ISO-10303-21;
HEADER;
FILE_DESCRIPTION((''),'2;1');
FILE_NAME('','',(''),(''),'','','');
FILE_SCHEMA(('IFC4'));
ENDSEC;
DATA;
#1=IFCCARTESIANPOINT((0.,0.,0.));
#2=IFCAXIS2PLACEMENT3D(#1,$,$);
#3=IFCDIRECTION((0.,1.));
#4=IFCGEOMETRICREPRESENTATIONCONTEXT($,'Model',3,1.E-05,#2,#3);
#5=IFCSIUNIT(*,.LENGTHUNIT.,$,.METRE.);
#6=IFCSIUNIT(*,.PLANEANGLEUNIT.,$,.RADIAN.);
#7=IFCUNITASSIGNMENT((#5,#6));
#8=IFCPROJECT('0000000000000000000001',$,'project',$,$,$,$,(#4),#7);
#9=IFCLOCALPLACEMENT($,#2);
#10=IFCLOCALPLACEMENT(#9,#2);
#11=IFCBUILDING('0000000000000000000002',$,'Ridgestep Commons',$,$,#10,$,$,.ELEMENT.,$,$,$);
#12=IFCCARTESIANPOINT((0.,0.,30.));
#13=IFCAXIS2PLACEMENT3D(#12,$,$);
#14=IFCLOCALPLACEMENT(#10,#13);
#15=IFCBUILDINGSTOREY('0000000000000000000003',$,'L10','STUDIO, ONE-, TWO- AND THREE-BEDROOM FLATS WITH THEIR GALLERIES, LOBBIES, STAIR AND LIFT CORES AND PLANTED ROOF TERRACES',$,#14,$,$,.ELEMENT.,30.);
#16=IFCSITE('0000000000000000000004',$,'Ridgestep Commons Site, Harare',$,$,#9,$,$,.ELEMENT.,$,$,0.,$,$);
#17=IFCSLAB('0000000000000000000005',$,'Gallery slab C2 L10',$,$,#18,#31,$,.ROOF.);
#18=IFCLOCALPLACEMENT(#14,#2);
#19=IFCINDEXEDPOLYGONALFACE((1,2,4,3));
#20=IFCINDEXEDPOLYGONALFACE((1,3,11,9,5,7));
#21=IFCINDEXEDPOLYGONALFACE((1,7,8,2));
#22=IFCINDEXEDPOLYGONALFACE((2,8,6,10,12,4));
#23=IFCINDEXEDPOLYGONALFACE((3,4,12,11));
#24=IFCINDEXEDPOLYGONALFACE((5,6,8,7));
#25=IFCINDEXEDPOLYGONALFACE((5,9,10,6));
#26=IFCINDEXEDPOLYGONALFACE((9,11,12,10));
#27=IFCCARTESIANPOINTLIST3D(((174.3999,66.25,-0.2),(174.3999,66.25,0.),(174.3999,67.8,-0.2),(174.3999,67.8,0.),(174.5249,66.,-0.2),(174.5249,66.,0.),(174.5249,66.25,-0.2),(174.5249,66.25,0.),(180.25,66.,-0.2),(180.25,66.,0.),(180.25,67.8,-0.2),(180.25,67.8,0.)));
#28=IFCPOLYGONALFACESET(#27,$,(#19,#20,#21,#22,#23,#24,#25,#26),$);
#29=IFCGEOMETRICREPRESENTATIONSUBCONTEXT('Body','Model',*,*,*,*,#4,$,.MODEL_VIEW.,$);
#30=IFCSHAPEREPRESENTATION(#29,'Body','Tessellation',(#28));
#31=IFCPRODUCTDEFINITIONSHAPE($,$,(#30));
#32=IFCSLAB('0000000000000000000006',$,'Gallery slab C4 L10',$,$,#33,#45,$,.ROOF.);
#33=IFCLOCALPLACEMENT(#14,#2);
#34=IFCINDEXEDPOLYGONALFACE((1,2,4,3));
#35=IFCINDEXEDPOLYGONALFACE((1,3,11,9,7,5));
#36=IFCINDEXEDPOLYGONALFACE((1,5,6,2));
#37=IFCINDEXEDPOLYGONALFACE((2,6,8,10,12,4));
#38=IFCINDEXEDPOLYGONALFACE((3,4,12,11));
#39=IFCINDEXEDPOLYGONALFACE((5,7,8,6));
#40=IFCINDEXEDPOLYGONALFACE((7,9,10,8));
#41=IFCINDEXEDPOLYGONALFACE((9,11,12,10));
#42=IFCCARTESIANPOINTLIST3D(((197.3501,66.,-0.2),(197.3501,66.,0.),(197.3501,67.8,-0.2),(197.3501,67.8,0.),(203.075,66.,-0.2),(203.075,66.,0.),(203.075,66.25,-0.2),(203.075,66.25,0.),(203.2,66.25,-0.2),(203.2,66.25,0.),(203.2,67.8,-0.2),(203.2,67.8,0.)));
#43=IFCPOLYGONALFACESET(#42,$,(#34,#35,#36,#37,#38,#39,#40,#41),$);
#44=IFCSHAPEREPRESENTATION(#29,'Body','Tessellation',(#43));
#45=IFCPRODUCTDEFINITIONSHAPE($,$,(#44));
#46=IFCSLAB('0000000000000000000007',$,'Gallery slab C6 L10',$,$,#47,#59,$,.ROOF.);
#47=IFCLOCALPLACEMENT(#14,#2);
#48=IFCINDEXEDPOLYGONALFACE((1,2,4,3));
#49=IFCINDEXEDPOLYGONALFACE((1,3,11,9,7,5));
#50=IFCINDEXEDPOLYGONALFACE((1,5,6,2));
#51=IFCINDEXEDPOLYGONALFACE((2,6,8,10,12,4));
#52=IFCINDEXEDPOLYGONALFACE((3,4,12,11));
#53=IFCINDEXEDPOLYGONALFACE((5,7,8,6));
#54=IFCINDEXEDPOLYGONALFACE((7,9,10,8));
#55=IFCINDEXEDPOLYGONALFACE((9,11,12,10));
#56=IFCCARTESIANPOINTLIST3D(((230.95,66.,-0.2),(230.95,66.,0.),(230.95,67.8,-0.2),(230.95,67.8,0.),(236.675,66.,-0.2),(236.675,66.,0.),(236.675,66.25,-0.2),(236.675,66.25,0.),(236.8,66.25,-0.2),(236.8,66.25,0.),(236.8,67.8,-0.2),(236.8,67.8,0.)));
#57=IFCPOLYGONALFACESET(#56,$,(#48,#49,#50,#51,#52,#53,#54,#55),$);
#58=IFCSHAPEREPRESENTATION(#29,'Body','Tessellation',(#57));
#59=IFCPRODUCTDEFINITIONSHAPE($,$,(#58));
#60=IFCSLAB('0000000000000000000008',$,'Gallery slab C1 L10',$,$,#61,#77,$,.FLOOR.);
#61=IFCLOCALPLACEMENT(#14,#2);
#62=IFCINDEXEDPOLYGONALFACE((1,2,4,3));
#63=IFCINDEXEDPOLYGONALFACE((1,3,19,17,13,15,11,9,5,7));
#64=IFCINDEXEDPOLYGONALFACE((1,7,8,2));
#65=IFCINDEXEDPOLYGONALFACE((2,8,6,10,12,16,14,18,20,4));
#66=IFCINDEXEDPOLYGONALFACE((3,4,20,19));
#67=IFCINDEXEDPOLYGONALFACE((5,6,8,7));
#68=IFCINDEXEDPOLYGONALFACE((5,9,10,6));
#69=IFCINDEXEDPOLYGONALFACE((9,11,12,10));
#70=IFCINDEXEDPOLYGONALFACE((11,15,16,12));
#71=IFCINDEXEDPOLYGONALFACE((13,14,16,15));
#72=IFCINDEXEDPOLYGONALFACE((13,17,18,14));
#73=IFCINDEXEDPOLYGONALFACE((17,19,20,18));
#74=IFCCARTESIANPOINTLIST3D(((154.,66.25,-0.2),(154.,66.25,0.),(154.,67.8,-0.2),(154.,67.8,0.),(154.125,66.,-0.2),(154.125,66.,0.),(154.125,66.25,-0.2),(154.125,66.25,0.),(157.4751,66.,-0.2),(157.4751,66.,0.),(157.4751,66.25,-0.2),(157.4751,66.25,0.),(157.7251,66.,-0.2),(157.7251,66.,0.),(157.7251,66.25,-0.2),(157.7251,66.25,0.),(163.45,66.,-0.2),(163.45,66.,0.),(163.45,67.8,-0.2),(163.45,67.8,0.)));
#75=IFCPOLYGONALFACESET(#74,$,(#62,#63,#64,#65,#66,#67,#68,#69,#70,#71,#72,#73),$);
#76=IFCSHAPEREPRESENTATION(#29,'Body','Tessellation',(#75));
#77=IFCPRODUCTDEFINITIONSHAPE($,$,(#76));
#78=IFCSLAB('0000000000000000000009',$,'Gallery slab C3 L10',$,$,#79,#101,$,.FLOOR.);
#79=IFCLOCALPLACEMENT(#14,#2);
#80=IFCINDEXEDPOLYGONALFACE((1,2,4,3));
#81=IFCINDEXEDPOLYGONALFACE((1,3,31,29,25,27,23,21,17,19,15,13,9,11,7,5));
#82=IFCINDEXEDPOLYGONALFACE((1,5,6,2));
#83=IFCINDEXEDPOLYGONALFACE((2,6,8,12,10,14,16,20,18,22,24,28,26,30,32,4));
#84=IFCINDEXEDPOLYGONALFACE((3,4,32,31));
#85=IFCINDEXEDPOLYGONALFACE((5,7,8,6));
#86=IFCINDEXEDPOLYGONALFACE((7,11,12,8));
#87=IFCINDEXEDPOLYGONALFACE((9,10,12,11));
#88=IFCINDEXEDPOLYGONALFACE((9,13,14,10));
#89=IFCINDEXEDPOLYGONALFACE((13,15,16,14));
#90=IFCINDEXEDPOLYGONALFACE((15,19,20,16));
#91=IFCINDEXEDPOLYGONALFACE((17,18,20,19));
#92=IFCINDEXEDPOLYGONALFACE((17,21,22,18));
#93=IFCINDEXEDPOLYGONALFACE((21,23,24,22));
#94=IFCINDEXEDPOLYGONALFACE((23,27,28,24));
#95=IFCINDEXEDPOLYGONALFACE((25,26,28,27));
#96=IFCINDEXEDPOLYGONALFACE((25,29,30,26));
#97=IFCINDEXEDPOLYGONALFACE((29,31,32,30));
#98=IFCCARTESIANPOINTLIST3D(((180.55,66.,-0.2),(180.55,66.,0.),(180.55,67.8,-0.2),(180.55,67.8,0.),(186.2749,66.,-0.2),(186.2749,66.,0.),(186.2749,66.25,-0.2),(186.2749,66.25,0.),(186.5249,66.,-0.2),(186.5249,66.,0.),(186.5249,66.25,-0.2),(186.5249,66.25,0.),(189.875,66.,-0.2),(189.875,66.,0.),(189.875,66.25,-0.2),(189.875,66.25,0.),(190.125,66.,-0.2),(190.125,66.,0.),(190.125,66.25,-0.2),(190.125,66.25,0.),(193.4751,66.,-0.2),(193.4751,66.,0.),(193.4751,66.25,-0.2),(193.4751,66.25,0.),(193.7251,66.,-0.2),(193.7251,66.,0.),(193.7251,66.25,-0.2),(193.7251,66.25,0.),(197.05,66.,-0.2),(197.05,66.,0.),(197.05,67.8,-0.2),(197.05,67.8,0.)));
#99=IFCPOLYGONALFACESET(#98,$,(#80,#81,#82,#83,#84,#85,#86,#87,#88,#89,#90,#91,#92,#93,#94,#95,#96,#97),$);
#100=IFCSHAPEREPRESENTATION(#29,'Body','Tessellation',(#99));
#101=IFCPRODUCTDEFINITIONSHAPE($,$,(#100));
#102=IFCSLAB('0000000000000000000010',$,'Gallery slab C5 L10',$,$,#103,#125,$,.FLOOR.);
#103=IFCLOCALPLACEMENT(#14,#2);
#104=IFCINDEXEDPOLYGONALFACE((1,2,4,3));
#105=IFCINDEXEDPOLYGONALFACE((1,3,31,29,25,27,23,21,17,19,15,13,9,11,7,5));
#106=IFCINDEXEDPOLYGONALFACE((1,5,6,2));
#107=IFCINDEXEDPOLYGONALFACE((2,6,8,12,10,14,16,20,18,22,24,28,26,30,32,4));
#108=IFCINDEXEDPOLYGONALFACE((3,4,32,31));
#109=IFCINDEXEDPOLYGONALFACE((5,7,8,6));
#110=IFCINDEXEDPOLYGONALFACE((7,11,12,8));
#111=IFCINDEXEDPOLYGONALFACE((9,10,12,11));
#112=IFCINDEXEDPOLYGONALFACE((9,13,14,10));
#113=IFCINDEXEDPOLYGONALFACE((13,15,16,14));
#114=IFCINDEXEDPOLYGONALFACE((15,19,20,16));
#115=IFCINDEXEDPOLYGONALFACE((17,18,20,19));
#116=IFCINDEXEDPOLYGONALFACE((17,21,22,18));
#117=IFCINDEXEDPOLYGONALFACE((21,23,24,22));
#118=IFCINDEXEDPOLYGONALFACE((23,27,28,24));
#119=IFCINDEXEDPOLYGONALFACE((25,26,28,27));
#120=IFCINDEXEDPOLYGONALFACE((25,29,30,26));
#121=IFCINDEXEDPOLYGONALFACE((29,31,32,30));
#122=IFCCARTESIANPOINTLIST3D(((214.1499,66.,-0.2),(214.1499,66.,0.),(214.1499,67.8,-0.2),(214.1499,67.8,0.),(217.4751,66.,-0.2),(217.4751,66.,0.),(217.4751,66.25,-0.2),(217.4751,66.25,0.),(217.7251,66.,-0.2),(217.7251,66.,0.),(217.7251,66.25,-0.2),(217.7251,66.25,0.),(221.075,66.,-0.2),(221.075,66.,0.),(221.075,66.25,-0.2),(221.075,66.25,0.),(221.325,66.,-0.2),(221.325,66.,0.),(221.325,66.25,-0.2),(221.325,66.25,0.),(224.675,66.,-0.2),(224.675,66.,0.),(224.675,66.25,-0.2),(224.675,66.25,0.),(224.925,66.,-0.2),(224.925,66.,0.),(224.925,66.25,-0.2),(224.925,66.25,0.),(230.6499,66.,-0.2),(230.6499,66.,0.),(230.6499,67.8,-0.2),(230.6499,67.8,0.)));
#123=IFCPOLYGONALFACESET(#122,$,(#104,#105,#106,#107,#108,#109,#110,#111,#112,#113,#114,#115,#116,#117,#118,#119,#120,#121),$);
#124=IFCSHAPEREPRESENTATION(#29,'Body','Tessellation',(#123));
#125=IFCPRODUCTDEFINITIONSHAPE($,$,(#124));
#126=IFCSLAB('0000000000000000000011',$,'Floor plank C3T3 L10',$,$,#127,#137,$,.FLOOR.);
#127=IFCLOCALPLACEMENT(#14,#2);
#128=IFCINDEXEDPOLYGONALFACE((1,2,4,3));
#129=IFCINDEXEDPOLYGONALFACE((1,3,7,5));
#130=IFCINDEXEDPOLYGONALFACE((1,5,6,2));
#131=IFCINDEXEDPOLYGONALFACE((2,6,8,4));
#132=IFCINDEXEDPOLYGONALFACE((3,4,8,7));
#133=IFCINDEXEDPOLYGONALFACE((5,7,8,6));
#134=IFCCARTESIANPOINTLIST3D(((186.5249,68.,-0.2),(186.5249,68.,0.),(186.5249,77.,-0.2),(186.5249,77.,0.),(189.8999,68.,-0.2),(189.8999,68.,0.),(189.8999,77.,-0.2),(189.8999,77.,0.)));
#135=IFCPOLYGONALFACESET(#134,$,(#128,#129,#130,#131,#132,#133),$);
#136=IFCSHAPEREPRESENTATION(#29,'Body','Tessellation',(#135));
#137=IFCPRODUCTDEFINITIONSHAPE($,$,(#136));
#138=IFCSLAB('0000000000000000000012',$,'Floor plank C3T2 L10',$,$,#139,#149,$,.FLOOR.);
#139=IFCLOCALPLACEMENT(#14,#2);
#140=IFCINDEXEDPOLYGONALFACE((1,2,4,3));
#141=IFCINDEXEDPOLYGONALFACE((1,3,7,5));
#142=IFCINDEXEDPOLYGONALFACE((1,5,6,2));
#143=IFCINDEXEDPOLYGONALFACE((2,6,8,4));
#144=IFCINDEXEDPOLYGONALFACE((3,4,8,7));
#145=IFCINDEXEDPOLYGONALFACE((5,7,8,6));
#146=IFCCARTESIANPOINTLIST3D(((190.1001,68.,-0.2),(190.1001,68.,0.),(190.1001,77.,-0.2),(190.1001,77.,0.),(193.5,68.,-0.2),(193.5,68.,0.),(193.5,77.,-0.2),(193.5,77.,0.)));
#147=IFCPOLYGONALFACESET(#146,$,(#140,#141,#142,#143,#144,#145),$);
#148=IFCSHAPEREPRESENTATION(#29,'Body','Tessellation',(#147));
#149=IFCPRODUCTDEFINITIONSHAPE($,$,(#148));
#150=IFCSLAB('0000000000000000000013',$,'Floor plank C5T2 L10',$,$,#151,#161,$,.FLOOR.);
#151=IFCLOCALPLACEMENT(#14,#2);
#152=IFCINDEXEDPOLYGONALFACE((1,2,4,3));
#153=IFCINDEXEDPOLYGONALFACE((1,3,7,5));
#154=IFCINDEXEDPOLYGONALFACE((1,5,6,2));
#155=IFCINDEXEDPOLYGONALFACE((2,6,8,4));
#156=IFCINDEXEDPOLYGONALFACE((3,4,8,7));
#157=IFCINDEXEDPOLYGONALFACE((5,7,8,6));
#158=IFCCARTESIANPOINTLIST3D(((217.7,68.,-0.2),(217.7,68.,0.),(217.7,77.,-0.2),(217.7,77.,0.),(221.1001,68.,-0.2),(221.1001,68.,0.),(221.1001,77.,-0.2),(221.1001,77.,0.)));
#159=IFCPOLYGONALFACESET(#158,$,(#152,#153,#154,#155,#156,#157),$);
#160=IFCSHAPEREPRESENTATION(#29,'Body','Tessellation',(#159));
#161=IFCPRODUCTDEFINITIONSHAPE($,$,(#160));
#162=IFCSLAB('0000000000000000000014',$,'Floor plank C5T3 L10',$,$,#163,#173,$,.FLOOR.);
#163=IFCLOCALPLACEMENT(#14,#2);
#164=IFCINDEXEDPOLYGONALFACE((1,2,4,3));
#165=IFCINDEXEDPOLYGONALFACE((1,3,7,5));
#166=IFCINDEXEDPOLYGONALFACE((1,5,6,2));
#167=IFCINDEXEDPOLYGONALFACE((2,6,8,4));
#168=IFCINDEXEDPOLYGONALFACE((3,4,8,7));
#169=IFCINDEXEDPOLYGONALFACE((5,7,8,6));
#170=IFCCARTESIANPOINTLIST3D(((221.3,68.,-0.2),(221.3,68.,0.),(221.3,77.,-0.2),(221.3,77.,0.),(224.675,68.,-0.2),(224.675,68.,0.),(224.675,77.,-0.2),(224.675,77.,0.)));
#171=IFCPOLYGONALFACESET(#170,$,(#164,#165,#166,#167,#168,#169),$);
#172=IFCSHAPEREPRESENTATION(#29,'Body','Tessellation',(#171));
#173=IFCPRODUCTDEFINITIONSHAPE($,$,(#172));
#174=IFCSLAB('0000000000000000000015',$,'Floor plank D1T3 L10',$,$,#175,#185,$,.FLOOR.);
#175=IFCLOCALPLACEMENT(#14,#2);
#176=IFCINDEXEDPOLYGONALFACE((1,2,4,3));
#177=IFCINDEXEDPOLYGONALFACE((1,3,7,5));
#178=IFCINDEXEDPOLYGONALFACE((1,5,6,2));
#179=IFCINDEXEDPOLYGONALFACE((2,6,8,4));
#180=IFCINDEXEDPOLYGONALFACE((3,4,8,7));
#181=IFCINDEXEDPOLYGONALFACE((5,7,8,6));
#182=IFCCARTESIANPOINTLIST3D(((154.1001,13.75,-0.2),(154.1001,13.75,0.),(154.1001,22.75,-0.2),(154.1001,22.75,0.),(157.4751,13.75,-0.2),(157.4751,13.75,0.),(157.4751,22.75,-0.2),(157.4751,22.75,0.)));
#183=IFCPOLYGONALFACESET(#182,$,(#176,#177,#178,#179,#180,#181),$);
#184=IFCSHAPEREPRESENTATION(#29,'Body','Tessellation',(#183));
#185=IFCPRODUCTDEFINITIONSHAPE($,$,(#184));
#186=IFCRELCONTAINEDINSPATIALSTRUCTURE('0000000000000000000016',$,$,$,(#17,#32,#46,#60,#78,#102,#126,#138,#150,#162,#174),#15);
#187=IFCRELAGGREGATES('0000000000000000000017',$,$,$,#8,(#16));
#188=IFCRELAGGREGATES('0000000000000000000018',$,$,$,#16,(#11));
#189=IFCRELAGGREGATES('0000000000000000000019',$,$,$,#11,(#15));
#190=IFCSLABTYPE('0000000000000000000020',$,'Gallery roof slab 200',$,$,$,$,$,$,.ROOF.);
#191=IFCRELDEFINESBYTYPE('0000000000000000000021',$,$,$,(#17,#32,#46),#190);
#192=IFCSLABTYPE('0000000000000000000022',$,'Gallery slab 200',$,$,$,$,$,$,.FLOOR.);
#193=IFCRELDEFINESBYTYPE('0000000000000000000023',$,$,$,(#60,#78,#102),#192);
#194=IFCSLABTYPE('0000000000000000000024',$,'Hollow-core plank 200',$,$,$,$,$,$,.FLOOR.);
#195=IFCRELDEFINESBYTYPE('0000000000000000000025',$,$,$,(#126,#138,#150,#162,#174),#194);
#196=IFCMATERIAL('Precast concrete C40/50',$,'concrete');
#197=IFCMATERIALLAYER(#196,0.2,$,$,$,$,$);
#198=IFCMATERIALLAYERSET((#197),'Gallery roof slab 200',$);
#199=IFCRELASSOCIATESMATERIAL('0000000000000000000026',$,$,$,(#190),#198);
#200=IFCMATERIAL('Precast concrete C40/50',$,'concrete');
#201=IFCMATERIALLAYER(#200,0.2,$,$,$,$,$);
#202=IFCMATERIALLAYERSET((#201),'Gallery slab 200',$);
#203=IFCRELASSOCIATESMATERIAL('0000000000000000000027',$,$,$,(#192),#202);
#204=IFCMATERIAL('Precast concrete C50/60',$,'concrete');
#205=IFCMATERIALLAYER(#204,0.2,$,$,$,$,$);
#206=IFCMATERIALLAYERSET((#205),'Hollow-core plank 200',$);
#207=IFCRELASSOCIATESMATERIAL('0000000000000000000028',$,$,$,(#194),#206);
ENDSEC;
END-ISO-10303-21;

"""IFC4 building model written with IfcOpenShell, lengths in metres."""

from ifc_helpers import new_model, si_unit, direction, frame, origin, place, context, subcontext, project, spatial, polyline, outline, extrude, material, layer, layer_set, type_object, element, save


model = new_model("IFC4")

# Units and contexts
model_context = context("Model", 3, precision=1e-05, world=origin(), true_north=direction((0.0, 1.0)))
body_context = subcontext(model_context, "Body", "Model", "MODEL_VIEW")
ifc_project = project(units=[si_unit("LENGTHUNIT", "METRE"), si_unit("PLANEANGLEUNIT", "RADIAN")], contexts=[model_context])

# Site, building, storey
site_placement = place(None, origin())
site = spatial("IfcSite", under=ifc_project, at=site_placement, Name="Ridgestep Commons Site, Harare", CompositionType="ELEMENT", RefElevation=0.0)
building_placement = place(site_placement, origin())
building = spatial("IfcBuilding", under=site, at=building_placement, Name="Ridgestep Commons", CompositionType="ELEMENT")
storey_placement = place(building_placement, frame((0.0, 0.0, 30.0)))
storey = spatial("IfcBuildingStorey", under=building, at=storey_placement, Name="L10", Description="STUDIO, ONE-, TWO- AND THREE-BEDROOM FLATS WITH THEIR GALLERIES, LOBBIES, STAIR AND LIFT CORES AND PLANTED ROOF TERRACES", CompositionType="ELEMENT", Elevation=30.0)

# Slabs
ifc_material_1 = material(Name="Precast concrete C40/50", Category="concrete")
ifc_layer_1 = layer(ifc_material_1, 0.2)
ifc_layer_set_1 = layer_set([ifc_layer_1], Name="Gallery roof slab 200")
slab_type_1 = type_object("IfcSlabType", Name="Gallery roof slab 200", PredefinedType="ROOF", material=ifc_layer_set_1)
slab_1_placement = place(storey_placement, frame((0.0, 0.0, -0.2)))
element("IfcSlab", 1, at=slab_1_placement, inside=storey, type_object=slab_type_1, Name="Gallery slab C2 L10", PredefinedType="ROOF", context=body_context, shape_type="SweptSolid", body=[
    extrude(outline(polyline([(174.3999, 67.8), (174.3999, 66.25), (174.5249, 66.25), (174.5249, 66.0), (180.25, 66.0), (180.25, 67.8), (174.3999, 67.8)])), origin(), (0.0, 0.0, 1.0), 0.2),
])
slab_2_placement = place(storey_placement, frame((0.0, 0.0, -0.2)))
element("IfcSlab", 2, at=slab_2_placement, inside=storey, type_object=slab_type_1, Name="Gallery slab C4 L10", PredefinedType="ROOF", context=body_context, shape_type="SweptSolid", body=[
    extrude(outline(polyline([(197.3501, 66.0), (203.075, 66.0), (203.075, 66.25), (203.2, 66.25), (203.2, 67.8), (197.3501, 67.8), (197.3501, 66.0)])), origin(), (0.0, 0.0, 1.0), 0.2),
])
slab_3_placement = place(storey_placement, frame((0.0, 0.0, -0.2)))
element("IfcSlab", 3, at=slab_3_placement, inside=storey, type_object=slab_type_1, Name="Gallery slab C6 L10", PredefinedType="ROOF", context=body_context, shape_type="SweptSolid", body=[
    extrude(outline(polyline([(230.95, 66.0), (236.675, 66.0), (236.675, 66.25), (236.8, 66.25), (236.8, 67.8), (230.95, 67.8), (230.95, 66.0)])), origin(), (0.0, 0.0, 1.0), 0.2),
])
ifc_material_2 = material(Name="Precast concrete C40/50", Category="concrete")
ifc_layer_2 = layer(ifc_material_2, 0.2)
ifc_layer_set_2 = layer_set([ifc_layer_2], Name="Gallery slab 200")
slab_type_2 = type_object("IfcSlabType", Name="Gallery slab 200", PredefinedType="FLOOR", material=ifc_layer_set_2)
slab_4_placement = place(storey_placement, frame((0.0, 0.0, -0.2)))
element("IfcSlab", 4, at=slab_4_placement, inside=storey, type_object=slab_type_2, Name="Gallery slab C1 L10", PredefinedType="FLOOR", context=body_context, shape_type="SweptSolid", body=[
    extrude(outline(polyline([(163.45, 67.8), (154.0, 67.8), (154.0, 66.25), (154.125, 66.25), (154.125, 66.0), (157.4751, 66.0), (157.4751, 66.25), (157.7251, 66.25), (157.7251, 66.0), (163.45, 66.0), (163.45, 67.8)])), origin(), (0.0, 0.0, 1.0), 0.2),
])
slab_5_placement = place(storey_placement, frame((0.0, 0.0, -0.2)))
element("IfcSlab", 5, at=slab_5_placement, inside=storey, type_object=slab_type_2, Name="Gallery slab C3 L10", PredefinedType="FLOOR", context=body_context, shape_type="SweptSolid", body=[
    extrude(outline(polyline([(197.05, 67.8), (180.55, 67.8), (180.55, 66.0), (186.2749, 66.0), (186.2749, 66.25), (186.5249, 66.25), (186.5249, 66.0), (189.875, 66.0), (189.875, 66.25), (190.125, 66.25), (190.125, 66.0), (193.4751, 66.0), (193.4751, 66.25), (193.7251, 66.25), (193.7251, 66.0), (197.05, 66.0), (197.05, 67.8)])), origin(), (0.0, 0.0, 1.0), 0.2),
])
slab_6_placement = place(storey_placement, frame((0.0, 0.0, -0.2)))
element("IfcSlab", 6, at=slab_6_placement, inside=storey, type_object=slab_type_2, Name="Gallery slab C5 L10", PredefinedType="FLOOR", context=body_context, shape_type="SweptSolid", body=[
    extrude(outline(polyline([(230.6499, 67.8), (214.1499, 67.8), (214.1499, 66.0), (217.4751, 66.0), (217.4751, 66.25), (217.7251, 66.25), (217.7251, 66.0), (221.075, 66.0), (221.075, 66.25), (221.325, 66.25), (221.325, 66.0), (224.675, 66.0), (224.675, 66.25), (224.925, 66.25), (224.925, 66.0), (230.6499, 66.0), (230.6499, 67.8)])), origin(), (0.0, 0.0, 1.0), 0.2),
])
ifc_material_3 = material(Name="Precast concrete C50/60", Category="concrete")
ifc_layer_3 = layer(ifc_material_3, 0.2)
ifc_layer_set_3 = layer_set([ifc_layer_3], Name="Hollow-core plank 200")
slab_type_3 = type_object("IfcSlabType", Name="Hollow-core plank 200", PredefinedType="FLOOR", material=ifc_layer_set_3)
slab_7_placement = place(storey_placement, frame((0.0, 0.0, -0.2)))
element("IfcSlab", 7, at=slab_7_placement, inside=storey, type_object=slab_type_3, Name="Floor plank C3T3 L10", PredefinedType="FLOOR", context=body_context, shape_type="SweptSolid", body=[
    extrude(outline(polyline([(189.8999, 68.0), (189.8999, 77.0), (186.5249, 77.0), (186.5249, 68.0), (189.8999, 68.0)])), origin(), (0.0, 0.0, 1.0), 0.2),
])
slab_8_placement = place(storey_placement, frame((0.0, 0.0, -0.2)))
element("IfcSlab", 8, at=slab_8_placement, inside=storey, type_object=slab_type_3, Name="Floor plank C3T2 L10", PredefinedType="FLOOR", context=body_context, shape_type="SweptSolid", body=[
    extrude(outline(polyline([(193.5, 68.0), (193.5, 77.0), (190.1001, 77.0), (190.1001, 68.0), (193.5, 68.0)])), origin(), (0.0, 0.0, 1.0), 0.2),
])
slab_9_placement = place(storey_placement, frame((0.0, 0.0, -0.2)))
element("IfcSlab", 9, at=slab_9_placement, inside=storey, type_object=slab_type_3, Name="Floor plank C5T2 L10", PredefinedType="FLOOR", context=body_context, shape_type="SweptSolid", body=[
    extrude(outline(polyline([(221.1001, 68.0), (221.1001, 77.0), (217.7, 77.0), (217.7, 68.0), (221.1001, 68.0)])), origin(), (0.0, 0.0, 1.0), 0.2),
])
slab_10_placement = place(storey_placement, frame((0.0, 0.0, -0.2)))
element("IfcSlab", 10, at=slab_10_placement, inside=storey, type_object=slab_type_3, Name="Floor plank C5T3 L10", PredefinedType="FLOOR", context=body_context, shape_type="SweptSolid", body=[
    extrude(outline(polyline([(224.675, 68.0), (224.675, 77.0), (221.3, 77.0), (221.3, 68.0), (224.675, 68.0)])), origin(), (0.0, 0.0, 1.0), 0.2),
])
slab_11_placement = place(storey_placement, frame((0.0, 0.0, -0.2)))
element("IfcSlab", 11, at=slab_11_placement, inside=storey, type_object=slab_type_3, Name="Floor plank D1T3 L10", PredefinedType="FLOOR", context=body_context, shape_type="SweptSolid", body=[
    extrude(outline(polyline([(157.4751, 13.75), (157.4751, 22.75), (154.1001, 22.75), (154.1001, 13.75), (157.4751, 13.75)])), origin(), (0.0, 0.0, 1.0), 0.2),
])

save(model, "model.ifc")
